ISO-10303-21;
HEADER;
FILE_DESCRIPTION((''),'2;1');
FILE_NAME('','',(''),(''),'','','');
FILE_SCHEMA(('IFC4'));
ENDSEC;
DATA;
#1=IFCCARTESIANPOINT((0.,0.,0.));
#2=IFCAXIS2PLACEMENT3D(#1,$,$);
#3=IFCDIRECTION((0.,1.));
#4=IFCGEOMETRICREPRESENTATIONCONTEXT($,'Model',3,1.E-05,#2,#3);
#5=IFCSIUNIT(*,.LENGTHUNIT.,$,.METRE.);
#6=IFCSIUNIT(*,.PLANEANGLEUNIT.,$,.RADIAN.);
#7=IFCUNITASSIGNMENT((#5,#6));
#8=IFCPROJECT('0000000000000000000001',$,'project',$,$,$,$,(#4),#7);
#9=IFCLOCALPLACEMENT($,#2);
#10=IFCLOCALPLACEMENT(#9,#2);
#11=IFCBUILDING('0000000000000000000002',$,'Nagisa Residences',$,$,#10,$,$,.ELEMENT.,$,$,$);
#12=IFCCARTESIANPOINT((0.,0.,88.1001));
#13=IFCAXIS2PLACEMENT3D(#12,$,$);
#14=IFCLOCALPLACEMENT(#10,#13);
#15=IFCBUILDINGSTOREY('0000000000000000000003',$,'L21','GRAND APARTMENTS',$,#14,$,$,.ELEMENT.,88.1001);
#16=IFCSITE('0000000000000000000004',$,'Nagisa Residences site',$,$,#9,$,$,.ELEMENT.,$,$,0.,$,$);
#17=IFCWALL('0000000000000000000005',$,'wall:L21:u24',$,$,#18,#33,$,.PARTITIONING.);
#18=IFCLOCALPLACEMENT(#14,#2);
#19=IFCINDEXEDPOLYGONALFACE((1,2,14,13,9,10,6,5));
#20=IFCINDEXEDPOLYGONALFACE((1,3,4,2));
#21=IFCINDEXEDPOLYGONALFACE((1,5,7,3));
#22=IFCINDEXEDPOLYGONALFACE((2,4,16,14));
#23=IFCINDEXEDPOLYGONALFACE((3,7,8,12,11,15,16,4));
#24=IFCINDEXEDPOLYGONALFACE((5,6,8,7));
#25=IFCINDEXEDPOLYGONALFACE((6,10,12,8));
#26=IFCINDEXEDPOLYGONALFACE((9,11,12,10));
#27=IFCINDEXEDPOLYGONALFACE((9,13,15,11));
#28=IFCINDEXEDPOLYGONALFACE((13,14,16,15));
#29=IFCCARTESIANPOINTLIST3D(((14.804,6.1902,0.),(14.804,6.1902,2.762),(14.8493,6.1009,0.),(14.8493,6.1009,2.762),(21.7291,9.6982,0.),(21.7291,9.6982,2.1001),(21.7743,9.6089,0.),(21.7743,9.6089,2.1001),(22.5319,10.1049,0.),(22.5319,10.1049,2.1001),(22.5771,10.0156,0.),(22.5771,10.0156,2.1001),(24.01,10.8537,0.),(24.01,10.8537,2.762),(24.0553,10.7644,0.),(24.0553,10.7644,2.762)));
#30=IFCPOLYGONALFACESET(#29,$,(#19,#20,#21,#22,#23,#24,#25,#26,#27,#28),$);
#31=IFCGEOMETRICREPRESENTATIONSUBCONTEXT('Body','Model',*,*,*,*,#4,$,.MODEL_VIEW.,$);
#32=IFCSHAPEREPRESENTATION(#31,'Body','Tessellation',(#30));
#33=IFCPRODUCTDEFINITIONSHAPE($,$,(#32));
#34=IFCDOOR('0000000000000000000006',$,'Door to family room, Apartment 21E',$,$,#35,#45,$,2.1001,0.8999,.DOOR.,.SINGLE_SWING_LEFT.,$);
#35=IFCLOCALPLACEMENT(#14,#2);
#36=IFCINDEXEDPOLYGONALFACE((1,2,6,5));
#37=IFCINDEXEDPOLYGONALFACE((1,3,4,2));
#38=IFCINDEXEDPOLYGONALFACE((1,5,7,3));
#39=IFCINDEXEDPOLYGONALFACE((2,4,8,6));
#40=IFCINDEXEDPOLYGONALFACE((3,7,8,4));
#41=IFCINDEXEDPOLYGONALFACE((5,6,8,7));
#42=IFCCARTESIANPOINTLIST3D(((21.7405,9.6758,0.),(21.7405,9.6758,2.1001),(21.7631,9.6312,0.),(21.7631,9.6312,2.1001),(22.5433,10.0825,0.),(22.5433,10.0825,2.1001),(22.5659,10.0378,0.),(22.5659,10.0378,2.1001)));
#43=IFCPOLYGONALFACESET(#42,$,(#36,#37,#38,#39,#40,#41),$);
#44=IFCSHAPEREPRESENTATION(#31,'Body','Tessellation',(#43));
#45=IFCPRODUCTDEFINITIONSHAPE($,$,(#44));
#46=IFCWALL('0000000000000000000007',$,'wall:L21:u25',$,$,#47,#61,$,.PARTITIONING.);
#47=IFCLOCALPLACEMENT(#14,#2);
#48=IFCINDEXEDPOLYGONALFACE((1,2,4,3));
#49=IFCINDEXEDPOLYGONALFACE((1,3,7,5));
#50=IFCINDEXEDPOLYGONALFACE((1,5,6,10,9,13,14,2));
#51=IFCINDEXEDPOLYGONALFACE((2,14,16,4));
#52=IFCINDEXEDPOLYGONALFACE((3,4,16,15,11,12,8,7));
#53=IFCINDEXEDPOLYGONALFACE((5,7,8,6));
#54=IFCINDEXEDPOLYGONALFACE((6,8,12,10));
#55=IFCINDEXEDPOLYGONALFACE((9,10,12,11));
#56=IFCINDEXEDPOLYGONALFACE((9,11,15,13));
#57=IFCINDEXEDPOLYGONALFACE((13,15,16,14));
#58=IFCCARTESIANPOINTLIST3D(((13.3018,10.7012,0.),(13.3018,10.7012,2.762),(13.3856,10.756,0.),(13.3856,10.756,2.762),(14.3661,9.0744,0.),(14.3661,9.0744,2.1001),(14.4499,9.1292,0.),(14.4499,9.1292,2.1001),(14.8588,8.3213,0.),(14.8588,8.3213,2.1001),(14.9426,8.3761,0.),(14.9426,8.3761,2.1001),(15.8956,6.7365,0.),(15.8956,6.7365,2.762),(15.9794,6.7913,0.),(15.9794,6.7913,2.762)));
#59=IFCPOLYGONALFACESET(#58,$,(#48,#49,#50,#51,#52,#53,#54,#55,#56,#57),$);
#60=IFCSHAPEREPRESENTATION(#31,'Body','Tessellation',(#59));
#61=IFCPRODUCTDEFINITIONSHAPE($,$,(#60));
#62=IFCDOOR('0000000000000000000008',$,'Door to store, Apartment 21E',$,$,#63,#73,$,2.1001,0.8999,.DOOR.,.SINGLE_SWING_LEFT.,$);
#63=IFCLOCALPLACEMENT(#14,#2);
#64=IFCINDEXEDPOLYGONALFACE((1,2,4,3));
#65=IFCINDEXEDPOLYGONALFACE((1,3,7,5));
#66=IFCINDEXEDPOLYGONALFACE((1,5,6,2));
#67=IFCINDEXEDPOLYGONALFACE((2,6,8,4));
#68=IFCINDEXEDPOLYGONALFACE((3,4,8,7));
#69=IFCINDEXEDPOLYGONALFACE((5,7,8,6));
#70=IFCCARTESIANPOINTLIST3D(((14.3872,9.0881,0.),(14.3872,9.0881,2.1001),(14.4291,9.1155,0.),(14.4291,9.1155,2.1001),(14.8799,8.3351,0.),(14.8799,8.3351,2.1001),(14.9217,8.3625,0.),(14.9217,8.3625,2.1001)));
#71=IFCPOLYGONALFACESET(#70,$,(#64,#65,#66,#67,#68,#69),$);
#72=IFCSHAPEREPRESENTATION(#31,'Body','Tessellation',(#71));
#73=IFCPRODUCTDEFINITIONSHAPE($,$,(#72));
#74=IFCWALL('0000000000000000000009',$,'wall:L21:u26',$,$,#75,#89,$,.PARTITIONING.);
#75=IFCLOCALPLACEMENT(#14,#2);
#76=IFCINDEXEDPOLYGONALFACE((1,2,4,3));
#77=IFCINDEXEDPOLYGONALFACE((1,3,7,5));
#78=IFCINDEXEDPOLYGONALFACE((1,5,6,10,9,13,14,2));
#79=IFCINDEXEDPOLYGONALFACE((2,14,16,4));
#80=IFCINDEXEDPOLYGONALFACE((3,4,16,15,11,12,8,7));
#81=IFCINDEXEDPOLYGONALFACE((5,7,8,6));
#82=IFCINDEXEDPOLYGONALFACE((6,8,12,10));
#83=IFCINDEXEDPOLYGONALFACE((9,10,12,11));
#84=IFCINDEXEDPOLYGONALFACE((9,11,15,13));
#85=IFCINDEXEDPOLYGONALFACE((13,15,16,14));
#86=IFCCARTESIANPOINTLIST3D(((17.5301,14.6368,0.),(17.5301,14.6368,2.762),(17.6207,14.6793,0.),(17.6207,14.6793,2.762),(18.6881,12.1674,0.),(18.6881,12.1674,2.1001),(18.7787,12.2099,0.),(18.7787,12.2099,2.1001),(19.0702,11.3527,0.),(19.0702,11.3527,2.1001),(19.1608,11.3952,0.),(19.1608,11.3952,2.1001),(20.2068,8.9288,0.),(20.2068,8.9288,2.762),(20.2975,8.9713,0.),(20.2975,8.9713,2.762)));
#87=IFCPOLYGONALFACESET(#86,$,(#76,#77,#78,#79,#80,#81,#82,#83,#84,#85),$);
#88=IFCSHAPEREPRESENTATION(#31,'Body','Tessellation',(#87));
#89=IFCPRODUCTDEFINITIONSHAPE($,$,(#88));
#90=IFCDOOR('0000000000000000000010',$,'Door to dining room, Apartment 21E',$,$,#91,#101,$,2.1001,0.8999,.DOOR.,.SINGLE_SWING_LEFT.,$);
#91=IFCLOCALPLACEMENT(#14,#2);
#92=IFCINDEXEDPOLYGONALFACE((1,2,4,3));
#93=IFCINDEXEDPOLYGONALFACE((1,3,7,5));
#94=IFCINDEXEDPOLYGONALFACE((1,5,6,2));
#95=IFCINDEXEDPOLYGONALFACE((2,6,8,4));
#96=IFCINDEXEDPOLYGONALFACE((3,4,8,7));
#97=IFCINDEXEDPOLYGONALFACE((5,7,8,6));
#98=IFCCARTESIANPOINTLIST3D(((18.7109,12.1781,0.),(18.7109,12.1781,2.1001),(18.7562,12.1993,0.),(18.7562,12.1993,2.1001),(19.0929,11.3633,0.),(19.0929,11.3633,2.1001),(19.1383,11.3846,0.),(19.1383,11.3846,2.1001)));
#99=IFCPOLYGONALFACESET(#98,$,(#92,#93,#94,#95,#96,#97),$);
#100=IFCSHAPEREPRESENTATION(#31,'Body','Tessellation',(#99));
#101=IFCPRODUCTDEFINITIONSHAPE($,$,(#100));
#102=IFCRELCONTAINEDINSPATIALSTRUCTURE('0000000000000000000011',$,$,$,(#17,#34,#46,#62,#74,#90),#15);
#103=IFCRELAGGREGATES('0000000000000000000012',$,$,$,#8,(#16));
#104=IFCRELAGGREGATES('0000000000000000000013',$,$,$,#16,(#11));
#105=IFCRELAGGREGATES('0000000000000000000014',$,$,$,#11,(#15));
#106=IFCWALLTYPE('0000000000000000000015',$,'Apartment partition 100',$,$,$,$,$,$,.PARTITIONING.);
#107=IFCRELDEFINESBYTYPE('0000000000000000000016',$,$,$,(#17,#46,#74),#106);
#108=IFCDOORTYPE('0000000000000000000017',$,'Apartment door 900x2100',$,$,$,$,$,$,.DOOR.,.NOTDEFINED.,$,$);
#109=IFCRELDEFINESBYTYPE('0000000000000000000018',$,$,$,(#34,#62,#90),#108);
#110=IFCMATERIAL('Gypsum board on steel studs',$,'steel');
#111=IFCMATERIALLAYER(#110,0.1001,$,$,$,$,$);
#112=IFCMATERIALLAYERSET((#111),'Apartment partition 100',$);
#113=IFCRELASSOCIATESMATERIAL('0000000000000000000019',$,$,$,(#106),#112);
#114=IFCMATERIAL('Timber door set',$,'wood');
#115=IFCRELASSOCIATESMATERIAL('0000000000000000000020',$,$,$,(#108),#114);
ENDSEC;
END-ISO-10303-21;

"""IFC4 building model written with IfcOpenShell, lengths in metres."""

from ifc_helpers import new_model, si_unit, direction, frame, frame_2d, origin, place, context, subcontext, project, spatial, rectangle, extrude, material, layer, layer_set, type_object, element, fill, save


model = new_model("IFC4")

# Units and contexts
model_context = context("Model", 3, precision=1e-05, world=origin(), true_north=direction((0.0, 1.0)))
body_context = subcontext(model_context, "Body", "Model", "MODEL_VIEW")
ifc_project = project(units=[si_unit("LENGTHUNIT", "METRE"), si_unit("PLANEANGLEUNIT", "RADIAN")], contexts=[model_context])

# Site, building, storey
site_placement = place(None, origin())
site = spatial("IfcSite", under=ifc_project, at=site_placement, Name="Nagisa Residences site", CompositionType="ELEMENT", RefElevation=0.0)
building_placement = place(site_placement, origin())
building = spatial("IfcBuilding", under=site, at=building_placement, Name="Nagisa Residences", CompositionType="ELEMENT")
storey_placement = place(building_placement, frame((0.0, 0.0, 88.1001)))
storey = spatial("IfcBuildingStorey", under=building, at=storey_placement, Name="L21", Description="GRAND APARTMENTS", CompositionType="ELEMENT", Elevation=88.1001)

# Shared definitions
ifc_material_1 = material(Name="Gypsum board on steel studs", Category="steel")
ifc_layer_1 = layer(ifc_material_1, 0.1001)
ifc_layer_set_1 = layer_set([ifc_layer_1], Name="Apartment partition 100")
wall_type_1 = type_object("IfcWallType", Name="Apartment partition 100", PredefinedType="PARTITIONING", material=ifc_layer_set_1)
ifc_material_2 = material(Name="Timber door set", Category="wood")
door_type_1 = type_object("IfcDoorType", Name="Apartment door 900x2100", OperationType="NOTDEFINED", PredefinedType="DOOR", material=ifc_material_2)

# Walls, openings, doors
wall_1_placement = place(storey_placement, frame((14.8267, 6.1455, 0.0), z_axis=(0.0, 0.0, 1.0), x_axis=(0.892068, 0.451901, 0.0)))
wall_1 = element("IfcWall", 1, at=wall_1_placement, inside=storey, type_object=wall_type_1, Name="wall:L21:u24", PredefinedType="PARTITIONING", context=body_context, shape_type="SweptSolid", body=[
    extrude(rectangle(XDim=10.3198, YDim=0.1001, at=frame_2d((5.1599, 0.0))), origin(), (0.0, 0.0, 1.0), 2.762),
])
opening_1_placement = place(wall_1_placement, frame((7.7629, 0.0, 0.0)))
opening_1 = element("IfcOpeningElement", 2, at=opening_1_placement, cuts=wall_1, PredefinedType="OPENING", context=body_context, shape_type="SweptSolid", body=[
    extrude(rectangle(XDim=0.8999, YDim=2.1001, at=frame_2d((0.45, 1.05))), frame((0.0, 0.0601, 0.0), z_axis=(0.0, -1.0, 0.0), x_axis=(1.0, 0.0, 0.0)), (0.0, 0.0, 1.0), 0.1201),
])
door_1_placement = place(opening_1_placement, origin())
door_1 = element("IfcDoor", 3, at=door_1_placement, inside=storey, type_object=door_type_1, Name="Door to family room, Apartment 21E", OperationType="SINGLE_SWING_LEFT", OverallHeight=2.1001, OverallWidth=0.8999, PredefinedType="DOOR", context=body_context, shape_type="SweptSolid", body=[
    extrude(rectangle(XDim=0.8999, YDim=2.1001, at=frame_2d((0.45, 1.05))), frame((0.0, 0.0249, 0.0), z_axis=(0.0, -1.0, 0.0), x_axis=(1.0, 0.0, 0.0)), (0.0, 0.0, 1.0), 0.05),
])
fill(opening_1, door_1)
wall_2_placement = place(storey_placement, frame((15.9375, 6.7639, 0.0), z_axis=(0.0, 0.0, 1.0), x_axis=(-0.547473, 0.836823, 0.0)))
wall_2 = element("IfcWall", 4, at=wall_2_placement, inside=storey, type_object=wall_type_1, Name="wall:L21:u25", PredefinedType="PARTITIONING", context=body_context, shape_type="SweptSolid", body=[
    extrude(rectangle(XDim=4.7378, YDim=0.1001, at=frame_2d((2.3689, 0.0))), origin(), (0.0, 0.0, 1.0), 2.762),
])
opening_2_placement = place(wall_2_placement, frame((1.8938, 0.0, 0.0)))
opening_2 = element("IfcOpeningElement", 5, at=opening_2_placement, cuts=wall_2, PredefinedType="OPENING", context=body_context, shape_type="SweptSolid", body=[
    extrude(rectangle(XDim=0.8999, YDim=2.1001, at=frame_2d((0.45, 1.05))), frame((0.0, 0.0601, 0.0), z_axis=(0.0, -1.0, 0.0), x_axis=(1.0, 0.0, 0.0)), (0.0, 0.0, 1.0), 0.1201),
])
door_2_placement = place(opening_2_placement, origin())
door_2 = element("IfcDoor", 6, at=door_2_placement, inside=storey, type_object=door_type_1, Name="Door to store, Apartment 21E", OperationType="SINGLE_SWING_LEFT", OverallHeight=2.1001, OverallWidth=0.8999, PredefinedType="DOOR", context=body_context, shape_type="SweptSolid", body=[
    extrude(rectangle(XDim=0.8999, YDim=2.1001, at=frame_2d((0.45, 1.05))), frame((0.0, 0.0249, 0.0), z_axis=(0.0, -1.0, 0.0), x_axis=(1.0, 0.0, 0.0)), (0.0, 0.0, 1.0), 0.05),
])
fill(opening_2, door_2)
wall_3_placement = place(storey_placement, frame((20.2522, 8.95, 0.0), z_axis=(0.0, 0.0, 1.0), x_axis=(-0.424581, 0.90539, 0.0)))
wall_3 = element("IfcWall", 7, at=wall_3_placement, inside=storey, type_object=wall_type_1, Name="wall:L21:u26", PredefinedType="PARTITIONING", context=body_context, shape_type="SweptSolid", body=[
    extrude(rectangle(XDim=6.3044, YDim=0.1001, at=frame_2d((3.1523, 0.0))), origin(), (0.0, 0.0, 1.0), 2.762),
])
opening_3_placement = place(wall_3_placement, frame((2.6772, 0.0, 0.0)))
opening_3 = element("IfcOpeningElement", 8, at=opening_3_placement, cuts=wall_3, PredefinedType="OPENING", context=body_context, shape_type="SweptSolid", body=[
    extrude(rectangle(XDim=0.8999, YDim=2.1001, at=frame_2d((0.45, 1.05))), frame((0.0, 0.0601, 0.0), z_axis=(0.0, -1.0, 0.0), x_axis=(1.0, 0.0, 0.0)), (0.0, 0.0, 1.0), 0.1201),
])
door_3_placement = place(opening_3_placement, origin())
door_3 = element("IfcDoor", 9, at=door_3_placement, inside=storey, type_object=door_type_1, Name="Door to dining room, Apartment 21E", OperationType="SINGLE_SWING_LEFT", OverallHeight=2.1001, OverallWidth=0.8999, PredefinedType="DOOR", context=body_context, shape_type="SweptSolid", body=[
    extrude(rectangle(XDim=0.8999, YDim=2.1001, at=frame_2d((0.45, 1.05))), frame((0.0, 0.0249, 0.0), z_axis=(0.0, -1.0, 0.0), x_axis=(1.0, 0.0, 0.0)), (0.0, 0.0, 1.0), 0.05),
])
fill(opening_3, door_3)

save(model, "model.ifc")
